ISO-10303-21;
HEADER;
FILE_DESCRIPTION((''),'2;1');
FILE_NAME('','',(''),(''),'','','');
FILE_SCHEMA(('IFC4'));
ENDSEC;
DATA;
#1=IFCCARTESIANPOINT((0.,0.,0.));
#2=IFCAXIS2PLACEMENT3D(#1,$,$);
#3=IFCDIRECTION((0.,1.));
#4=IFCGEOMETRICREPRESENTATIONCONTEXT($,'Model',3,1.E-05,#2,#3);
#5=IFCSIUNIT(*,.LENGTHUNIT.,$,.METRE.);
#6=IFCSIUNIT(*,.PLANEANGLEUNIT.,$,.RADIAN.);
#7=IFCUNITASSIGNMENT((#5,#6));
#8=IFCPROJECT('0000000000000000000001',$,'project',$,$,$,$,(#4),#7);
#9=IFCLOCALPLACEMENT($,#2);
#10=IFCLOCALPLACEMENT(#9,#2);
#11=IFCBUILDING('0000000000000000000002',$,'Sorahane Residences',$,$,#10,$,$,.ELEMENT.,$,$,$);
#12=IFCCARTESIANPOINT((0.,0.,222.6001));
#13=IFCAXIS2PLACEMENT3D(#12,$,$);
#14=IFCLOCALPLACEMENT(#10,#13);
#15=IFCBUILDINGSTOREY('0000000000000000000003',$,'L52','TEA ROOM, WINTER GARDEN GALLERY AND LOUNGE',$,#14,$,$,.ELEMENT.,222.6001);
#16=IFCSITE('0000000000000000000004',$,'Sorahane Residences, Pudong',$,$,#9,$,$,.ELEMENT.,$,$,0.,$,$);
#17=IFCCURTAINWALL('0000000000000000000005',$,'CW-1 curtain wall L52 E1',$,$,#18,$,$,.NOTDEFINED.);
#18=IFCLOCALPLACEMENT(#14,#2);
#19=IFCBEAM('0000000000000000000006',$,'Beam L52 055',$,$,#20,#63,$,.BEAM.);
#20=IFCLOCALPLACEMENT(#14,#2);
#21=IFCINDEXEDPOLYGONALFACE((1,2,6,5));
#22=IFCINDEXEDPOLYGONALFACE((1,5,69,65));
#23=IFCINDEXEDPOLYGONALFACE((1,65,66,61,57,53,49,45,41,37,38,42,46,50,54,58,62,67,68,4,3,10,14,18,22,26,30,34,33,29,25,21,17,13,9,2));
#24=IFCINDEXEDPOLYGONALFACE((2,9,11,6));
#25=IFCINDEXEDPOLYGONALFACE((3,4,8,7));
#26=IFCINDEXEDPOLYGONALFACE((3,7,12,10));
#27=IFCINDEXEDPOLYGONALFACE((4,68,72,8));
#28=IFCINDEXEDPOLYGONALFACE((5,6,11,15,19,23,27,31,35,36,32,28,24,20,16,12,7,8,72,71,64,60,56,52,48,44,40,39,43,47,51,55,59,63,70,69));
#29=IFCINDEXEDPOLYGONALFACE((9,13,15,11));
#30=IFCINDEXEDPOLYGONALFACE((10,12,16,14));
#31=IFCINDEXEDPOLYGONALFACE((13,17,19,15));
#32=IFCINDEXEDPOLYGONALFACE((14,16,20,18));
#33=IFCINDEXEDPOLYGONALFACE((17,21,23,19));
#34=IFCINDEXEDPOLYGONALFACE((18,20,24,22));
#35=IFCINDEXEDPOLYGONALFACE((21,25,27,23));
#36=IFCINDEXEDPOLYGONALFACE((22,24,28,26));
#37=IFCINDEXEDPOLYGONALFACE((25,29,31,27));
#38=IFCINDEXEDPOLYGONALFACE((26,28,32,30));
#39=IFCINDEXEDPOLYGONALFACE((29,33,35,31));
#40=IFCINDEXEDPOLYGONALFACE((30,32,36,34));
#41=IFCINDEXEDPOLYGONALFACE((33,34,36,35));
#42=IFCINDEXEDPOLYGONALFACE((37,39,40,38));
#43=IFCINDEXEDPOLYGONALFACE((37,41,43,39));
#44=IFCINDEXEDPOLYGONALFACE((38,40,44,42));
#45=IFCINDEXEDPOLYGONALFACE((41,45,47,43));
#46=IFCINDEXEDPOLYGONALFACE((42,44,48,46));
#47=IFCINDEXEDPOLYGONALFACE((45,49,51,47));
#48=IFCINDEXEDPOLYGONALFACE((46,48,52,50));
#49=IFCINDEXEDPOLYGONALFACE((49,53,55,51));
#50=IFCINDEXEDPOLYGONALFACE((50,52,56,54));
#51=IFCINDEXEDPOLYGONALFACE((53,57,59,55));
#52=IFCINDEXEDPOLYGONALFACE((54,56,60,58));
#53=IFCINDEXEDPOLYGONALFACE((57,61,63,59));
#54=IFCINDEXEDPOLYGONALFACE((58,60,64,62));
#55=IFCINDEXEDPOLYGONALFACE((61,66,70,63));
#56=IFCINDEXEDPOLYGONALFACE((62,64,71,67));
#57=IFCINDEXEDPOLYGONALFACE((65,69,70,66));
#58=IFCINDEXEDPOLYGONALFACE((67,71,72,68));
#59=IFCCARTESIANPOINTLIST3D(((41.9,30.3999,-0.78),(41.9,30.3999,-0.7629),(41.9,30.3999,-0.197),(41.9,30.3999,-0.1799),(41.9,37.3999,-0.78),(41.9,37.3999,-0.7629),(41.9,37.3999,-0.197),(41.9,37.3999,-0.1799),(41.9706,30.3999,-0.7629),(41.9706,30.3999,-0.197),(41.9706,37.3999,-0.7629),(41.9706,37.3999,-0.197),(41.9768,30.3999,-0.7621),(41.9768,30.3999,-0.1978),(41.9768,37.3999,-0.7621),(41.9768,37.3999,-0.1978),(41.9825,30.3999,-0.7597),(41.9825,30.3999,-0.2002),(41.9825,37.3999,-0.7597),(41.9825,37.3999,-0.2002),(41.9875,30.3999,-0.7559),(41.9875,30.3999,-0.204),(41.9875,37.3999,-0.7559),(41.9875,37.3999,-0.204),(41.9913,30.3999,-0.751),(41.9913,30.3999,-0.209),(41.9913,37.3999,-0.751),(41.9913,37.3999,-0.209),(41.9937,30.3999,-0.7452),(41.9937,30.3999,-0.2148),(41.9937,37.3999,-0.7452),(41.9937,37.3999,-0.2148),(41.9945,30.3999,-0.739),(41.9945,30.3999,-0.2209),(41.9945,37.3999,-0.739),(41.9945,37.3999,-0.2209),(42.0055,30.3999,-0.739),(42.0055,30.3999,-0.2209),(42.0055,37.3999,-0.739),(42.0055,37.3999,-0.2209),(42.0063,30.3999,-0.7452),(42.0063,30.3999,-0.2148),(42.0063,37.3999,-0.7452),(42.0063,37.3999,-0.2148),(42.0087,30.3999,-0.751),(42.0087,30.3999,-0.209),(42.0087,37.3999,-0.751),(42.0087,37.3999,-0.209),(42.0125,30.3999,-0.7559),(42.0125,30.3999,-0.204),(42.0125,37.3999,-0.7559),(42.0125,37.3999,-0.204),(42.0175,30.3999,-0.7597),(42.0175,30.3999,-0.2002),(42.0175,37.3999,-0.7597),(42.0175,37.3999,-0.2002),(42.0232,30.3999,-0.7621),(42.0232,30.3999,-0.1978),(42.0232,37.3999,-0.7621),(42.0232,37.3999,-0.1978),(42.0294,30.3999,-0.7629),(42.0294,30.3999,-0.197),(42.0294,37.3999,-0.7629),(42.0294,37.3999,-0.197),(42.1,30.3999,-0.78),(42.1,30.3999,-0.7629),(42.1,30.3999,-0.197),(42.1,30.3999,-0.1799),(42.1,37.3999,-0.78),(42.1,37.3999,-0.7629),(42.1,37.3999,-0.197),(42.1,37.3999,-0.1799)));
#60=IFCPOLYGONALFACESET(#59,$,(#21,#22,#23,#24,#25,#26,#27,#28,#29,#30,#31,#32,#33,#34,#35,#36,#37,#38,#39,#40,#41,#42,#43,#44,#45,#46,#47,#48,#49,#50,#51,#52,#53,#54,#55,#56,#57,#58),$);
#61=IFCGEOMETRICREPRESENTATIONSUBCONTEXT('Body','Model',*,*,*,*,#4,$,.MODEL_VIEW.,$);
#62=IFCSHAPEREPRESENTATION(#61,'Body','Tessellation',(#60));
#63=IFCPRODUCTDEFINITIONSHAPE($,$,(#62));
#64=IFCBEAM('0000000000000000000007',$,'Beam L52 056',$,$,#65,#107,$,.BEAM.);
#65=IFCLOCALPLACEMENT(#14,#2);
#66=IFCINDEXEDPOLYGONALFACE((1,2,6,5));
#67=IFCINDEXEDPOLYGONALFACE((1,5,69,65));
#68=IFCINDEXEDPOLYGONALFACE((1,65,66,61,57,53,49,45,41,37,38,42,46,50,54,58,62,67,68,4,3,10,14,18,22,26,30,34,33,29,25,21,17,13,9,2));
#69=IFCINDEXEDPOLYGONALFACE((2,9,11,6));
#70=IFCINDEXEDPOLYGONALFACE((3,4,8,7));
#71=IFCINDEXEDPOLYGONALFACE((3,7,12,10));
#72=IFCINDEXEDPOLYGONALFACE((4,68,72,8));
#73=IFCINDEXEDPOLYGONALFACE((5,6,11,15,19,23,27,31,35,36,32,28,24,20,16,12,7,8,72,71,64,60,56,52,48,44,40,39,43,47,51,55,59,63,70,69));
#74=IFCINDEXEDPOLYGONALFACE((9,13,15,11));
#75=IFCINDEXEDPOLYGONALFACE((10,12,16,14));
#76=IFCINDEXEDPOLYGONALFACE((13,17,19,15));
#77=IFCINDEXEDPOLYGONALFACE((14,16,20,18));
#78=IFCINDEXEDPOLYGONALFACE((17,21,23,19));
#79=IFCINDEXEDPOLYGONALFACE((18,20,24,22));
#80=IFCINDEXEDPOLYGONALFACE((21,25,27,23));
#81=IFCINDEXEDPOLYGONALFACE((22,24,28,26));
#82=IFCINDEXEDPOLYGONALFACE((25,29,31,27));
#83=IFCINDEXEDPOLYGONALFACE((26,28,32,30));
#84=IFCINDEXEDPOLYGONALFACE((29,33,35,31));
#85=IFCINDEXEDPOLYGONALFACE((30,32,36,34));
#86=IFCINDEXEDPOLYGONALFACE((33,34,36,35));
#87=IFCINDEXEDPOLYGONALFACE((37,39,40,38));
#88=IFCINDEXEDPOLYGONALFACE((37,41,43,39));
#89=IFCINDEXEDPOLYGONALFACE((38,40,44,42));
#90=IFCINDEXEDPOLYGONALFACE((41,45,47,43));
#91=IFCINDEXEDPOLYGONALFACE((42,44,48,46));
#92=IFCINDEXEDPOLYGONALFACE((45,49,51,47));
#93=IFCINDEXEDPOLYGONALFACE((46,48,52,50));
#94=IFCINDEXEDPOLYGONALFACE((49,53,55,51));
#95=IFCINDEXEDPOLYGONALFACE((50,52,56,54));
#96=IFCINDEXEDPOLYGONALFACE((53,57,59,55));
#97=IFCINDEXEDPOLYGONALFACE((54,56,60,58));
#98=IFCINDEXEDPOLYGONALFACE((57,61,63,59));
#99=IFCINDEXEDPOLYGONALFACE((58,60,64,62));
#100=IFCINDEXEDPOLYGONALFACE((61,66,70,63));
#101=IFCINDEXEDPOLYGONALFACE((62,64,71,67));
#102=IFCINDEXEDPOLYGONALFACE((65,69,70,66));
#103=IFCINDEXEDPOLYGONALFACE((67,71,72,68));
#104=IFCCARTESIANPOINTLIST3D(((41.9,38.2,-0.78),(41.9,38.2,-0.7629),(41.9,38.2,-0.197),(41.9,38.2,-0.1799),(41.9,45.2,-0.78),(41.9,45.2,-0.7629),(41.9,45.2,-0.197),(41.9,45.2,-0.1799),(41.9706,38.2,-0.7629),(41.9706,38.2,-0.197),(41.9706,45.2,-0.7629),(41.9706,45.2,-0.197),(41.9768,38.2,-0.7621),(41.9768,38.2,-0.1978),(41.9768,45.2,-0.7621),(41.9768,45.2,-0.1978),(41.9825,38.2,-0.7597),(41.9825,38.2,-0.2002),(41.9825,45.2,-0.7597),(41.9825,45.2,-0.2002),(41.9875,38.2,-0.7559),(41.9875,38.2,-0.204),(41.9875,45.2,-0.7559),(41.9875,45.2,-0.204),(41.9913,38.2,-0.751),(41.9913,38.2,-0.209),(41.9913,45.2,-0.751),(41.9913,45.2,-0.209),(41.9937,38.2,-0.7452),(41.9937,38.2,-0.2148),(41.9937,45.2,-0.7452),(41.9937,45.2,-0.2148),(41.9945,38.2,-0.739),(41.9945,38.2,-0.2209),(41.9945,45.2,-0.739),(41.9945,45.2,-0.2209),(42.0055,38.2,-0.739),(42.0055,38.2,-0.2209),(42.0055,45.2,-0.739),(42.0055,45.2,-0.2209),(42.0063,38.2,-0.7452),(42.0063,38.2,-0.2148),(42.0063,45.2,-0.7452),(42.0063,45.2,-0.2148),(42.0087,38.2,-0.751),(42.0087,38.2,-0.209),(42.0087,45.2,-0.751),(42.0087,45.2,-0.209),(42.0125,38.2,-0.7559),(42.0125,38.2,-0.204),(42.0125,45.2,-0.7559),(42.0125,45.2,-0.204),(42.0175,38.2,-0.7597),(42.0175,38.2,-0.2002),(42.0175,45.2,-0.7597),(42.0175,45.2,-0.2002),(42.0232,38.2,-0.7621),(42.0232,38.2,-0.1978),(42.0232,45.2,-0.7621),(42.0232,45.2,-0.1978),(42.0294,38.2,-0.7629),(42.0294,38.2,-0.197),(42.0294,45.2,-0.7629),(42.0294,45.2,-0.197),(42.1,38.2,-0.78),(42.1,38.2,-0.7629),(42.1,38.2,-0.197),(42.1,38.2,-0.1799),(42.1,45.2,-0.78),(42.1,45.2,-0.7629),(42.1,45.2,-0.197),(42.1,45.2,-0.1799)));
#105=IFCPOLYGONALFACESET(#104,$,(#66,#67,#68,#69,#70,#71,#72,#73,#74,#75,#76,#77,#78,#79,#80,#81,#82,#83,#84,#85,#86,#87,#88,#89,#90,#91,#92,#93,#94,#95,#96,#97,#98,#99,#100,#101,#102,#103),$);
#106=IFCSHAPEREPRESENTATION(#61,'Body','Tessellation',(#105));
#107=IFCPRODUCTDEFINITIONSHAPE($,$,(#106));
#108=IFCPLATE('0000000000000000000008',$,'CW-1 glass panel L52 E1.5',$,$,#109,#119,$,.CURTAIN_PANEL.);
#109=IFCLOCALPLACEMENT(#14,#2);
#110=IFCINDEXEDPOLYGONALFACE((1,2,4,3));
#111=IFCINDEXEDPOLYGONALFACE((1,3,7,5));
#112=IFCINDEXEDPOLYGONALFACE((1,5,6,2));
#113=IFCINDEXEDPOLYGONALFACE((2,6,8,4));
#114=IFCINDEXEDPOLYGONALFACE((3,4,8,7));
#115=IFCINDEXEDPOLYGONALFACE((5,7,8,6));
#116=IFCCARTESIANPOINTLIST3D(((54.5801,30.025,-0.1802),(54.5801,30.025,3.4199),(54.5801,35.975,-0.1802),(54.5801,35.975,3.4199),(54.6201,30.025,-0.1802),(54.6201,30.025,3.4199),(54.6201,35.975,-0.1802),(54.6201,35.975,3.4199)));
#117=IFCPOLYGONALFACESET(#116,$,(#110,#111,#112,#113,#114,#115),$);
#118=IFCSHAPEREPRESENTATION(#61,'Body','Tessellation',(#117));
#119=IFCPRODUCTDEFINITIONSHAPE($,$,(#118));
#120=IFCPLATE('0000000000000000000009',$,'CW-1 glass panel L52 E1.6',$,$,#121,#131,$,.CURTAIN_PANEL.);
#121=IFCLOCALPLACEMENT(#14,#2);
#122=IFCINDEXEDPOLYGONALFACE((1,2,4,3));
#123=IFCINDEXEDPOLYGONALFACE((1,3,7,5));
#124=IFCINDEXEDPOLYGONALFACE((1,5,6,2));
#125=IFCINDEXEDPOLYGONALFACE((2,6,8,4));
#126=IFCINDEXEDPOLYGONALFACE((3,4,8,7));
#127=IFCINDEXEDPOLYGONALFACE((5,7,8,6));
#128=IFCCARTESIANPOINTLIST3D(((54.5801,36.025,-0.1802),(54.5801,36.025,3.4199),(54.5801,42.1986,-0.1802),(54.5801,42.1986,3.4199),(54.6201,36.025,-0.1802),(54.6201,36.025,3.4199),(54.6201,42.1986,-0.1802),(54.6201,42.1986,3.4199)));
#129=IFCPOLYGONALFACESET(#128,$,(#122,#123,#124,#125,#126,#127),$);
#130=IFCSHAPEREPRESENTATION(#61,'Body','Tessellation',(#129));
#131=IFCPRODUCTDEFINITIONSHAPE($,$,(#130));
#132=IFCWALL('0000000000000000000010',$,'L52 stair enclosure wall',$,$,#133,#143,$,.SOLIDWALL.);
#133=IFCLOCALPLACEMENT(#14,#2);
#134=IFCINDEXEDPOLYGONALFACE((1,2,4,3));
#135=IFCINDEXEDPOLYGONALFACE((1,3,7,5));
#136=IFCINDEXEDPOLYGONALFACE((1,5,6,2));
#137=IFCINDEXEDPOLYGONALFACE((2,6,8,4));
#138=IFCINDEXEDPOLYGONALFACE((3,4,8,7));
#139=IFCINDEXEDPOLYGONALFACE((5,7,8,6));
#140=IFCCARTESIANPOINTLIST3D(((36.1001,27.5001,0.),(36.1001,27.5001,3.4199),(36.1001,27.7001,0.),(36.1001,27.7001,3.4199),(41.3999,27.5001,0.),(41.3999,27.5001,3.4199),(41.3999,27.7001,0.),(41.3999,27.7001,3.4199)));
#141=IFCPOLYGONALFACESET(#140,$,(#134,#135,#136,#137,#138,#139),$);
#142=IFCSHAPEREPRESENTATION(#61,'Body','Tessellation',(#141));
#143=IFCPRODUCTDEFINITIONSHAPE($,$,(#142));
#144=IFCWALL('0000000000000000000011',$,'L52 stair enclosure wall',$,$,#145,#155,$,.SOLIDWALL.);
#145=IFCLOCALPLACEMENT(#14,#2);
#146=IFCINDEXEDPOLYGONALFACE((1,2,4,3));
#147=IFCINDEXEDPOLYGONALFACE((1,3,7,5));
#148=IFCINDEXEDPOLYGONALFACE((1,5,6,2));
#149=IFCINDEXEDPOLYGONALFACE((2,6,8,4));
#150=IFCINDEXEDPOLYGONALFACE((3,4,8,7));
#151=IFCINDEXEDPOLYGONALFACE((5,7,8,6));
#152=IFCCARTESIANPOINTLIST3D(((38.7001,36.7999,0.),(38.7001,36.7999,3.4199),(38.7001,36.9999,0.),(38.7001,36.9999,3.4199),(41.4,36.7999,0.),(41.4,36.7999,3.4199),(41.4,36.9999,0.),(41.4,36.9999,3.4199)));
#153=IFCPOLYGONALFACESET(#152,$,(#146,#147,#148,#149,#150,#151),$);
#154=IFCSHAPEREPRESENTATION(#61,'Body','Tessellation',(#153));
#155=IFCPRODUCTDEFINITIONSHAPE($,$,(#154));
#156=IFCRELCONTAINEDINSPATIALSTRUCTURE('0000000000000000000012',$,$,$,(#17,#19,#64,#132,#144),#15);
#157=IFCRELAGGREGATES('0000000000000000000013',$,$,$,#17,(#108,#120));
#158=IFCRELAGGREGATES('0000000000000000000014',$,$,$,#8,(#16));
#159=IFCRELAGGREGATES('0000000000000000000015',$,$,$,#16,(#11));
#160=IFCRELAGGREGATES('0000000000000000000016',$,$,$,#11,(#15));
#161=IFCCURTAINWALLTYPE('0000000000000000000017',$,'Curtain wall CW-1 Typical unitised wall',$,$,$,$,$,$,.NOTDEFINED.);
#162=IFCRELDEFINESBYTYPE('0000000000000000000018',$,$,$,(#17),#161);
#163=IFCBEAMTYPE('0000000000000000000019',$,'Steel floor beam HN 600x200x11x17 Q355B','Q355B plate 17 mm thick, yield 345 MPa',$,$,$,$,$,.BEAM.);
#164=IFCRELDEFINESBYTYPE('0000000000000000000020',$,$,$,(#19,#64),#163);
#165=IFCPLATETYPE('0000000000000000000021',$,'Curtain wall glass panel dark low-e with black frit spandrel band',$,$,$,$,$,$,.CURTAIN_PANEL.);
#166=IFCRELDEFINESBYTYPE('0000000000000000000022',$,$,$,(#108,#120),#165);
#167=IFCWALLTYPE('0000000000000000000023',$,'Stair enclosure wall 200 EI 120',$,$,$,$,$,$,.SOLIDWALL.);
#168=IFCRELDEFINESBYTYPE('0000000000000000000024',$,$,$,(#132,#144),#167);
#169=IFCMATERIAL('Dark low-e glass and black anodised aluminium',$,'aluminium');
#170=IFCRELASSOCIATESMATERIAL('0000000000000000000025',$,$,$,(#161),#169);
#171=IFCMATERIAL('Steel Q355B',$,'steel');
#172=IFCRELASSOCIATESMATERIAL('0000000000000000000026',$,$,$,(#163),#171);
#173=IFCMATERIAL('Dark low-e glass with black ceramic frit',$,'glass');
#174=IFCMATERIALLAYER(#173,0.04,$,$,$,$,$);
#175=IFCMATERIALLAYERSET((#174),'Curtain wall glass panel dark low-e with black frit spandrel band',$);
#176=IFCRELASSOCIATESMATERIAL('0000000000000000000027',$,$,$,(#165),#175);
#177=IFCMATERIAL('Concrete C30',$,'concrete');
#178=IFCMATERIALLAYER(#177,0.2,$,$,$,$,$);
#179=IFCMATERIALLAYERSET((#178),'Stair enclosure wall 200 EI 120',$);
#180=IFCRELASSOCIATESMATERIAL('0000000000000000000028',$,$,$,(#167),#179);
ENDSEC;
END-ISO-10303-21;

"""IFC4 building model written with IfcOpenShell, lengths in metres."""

from ifc_helpers import new_model, si_unit, direction, frame, frame_2d, origin, origin_2d, place, context, subcontext, project, spatial, rectangle, i_section, extrude, material, layer, layer_set, material_profile, profile_set, type_object, element, aggregate, save


model = new_model("IFC4")

# Units and contexts
model_context = context("Model", 3, precision=1e-05, world=origin(), true_north=direction((0.0, 1.0)))
body_context = subcontext(model_context, "Body", "Model", "MODEL_VIEW")
ifc_project = project(units=[si_unit("LENGTHUNIT", "METRE"), si_unit("PLANEANGLEUNIT", "RADIAN")], contexts=[model_context])

# Site, building, storey
site_placement = place(None, origin())
site = spatial("IfcSite", under=ifc_project, at=site_placement, Name="Sorahane Residences, Pudong", CompositionType="ELEMENT", RefElevation=0.0)
building_placement = place(site_placement, origin())
building = spatial("IfcBuilding", under=site, at=building_placement, Name="Sorahane Residences", CompositionType="ELEMENT")
storey_placement = place(building_placement, frame((0.0, 0.0, 222.6001)))
storey = spatial("IfcBuildingStorey", under=building, at=storey_placement, Name="L52", Description="TEA ROOM, WINTER GARDEN GALLERY AND LOUNGE", CompositionType="ELEMENT", Elevation=222.6001)

# Curtain wall
ifc_material_1 = material(Name="Dark low-e glass and black anodised aluminium", Category="aluminium")
curtain_wall_type = type_object("IfcCurtainWallType", Name="Curtain wall CW-1 Typical unitised wall", PredefinedType="NOTDEFINED", material=ifc_material_1)
curtain_wall_placement = place(storey_placement, origin())
curtain_wall = element("IfcCurtainWall", 1, at=curtain_wall_placement, inside=storey, type_object=curtain_wall_type, Name="CW-1 curtain wall L52 E1", PredefinedType="NOTDEFINED")

# Beams
ifc_material_2 = material(Name="Steel Q355B", Category="steel")
ifc_material_profile_1 = material_profile(ifc_material_2, i_section(OverallWidth=0.2, OverallDepth=0.6001, WebThickness=0.011, FlangeThickness=0.0171, FilletRadius=0.0239, at=origin_2d()), Name="HN 600x200x11x17")
ifc_profile_set_1 = profile_set([ifc_material_profile_1], Name="Steel Q355B")
beam_type_1 = type_object("IfcBeamType", Name="Steel floor beam HN 600x200x11x17 Q355B", Description="Q355B plate 17 mm thick, yield 345 MPa", PredefinedType="BEAM", material=ifc_profile_set_1)
for number, where, z_axis, x_axis, name in (
    (2, (42.0, 30.3999, -0.48), (0.0, 1.0, 0.0), (-1.0, 0.0, 0.0), "Beam L52 055"),
    (3, (42.0, 38.2, -0.48), (0.0, 1.0, 0.0), (-1.0, 0.0, 0.0), "Beam L52 056"),
):
    element("IfcBeam", number, at=place(storey_placement, frame(where, z_axis=z_axis, x_axis=x_axis)), inside=storey, type_object=beam_type_1, Name=name, PredefinedType="BEAM", context=body_context, shape_type="SweptSolid", body=[
        extrude(i_section(OverallWidth=0.2, OverallDepth=0.6001, WebThickness=0.011, FlangeThickness=0.0171, FilletRadius=0.0239, at=origin_2d()), origin(), (0.0, 0.0, 1.0), 7.0),
    ])

# Plates
ifc_material_3 = material(Name="Dark low-e glass with black ceramic frit", Category="glass")
ifc_layer_1 = layer(ifc_material_3, 0.04)
ifc_layer_set_1 = layer_set([ifc_layer_1], Name="Curtain wall glass panel dark low-e with black frit spandrel band")
plate_type = type_object("IfcPlateType", Name="Curtain wall glass panel dark low-e with black frit spandrel band", PredefinedType="CURTAIN_PANEL", material=ifc_layer_set_1)
plate_1_placement = place(storey_placement, frame((54.6001, 33.0, -0.1802), z_axis=(0.0, 0.0, 1.0), x_axis=(0.0, 1.0, 0.0)))
plate_1 = element("IfcPlate", 4, at=plate_1_placement, type_object=plate_type, Name="CW-1 glass panel L52 E1.5", PredefinedType="CURTAIN_PANEL", context=body_context, shape_type="SweptSolid", body=[
    extrude(rectangle(XDim=5.95, YDim=0.04, at=origin_2d()), origin(), (0.0, 0.0, 1.0), 3.6001),
])
plate_2_placement = place(storey_placement, frame((54.6001, 39.1118, -0.1802), z_axis=(0.0, 0.0, 1.0), x_axis=(0.0, 1.0, 0.0)))
plate_2 = element("IfcPlate", 5, at=plate_2_placement, type_object=plate_type, Name="CW-1 glass panel L52 E1.6", PredefinedType="CURTAIN_PANEL", context=body_context, shape_type="SweptSolid", body=[
    extrude(rectangle(XDim=6.1736, YDim=0.04, at=origin_2d()), origin(), (0.0, 0.0, 1.0), 3.6001),
])
aggregate(curtain_wall, [plate_1, plate_2])

# Walls
ifc_material_4 = material(Name="Concrete C30", Category="concrete")
ifc_layer_2 = layer(ifc_material_4, 0.2)
ifc_layer_set_2 = layer_set([ifc_layer_2], Name="Stair enclosure wall 200 EI 120")
wall_type = type_object("IfcWallType", Name="Stair enclosure wall 200 EI 120", PredefinedType="SOLIDWALL", material=ifc_layer_set_2)
wall_1_placement = place(storey_placement, frame((36.1001, 27.6001, 0.0), z_axis=(0.0, 0.0, 1.0), x_axis=(1.0, 0.0, 0.0)))
element("IfcWall", 6, at=wall_1_placement, inside=storey, type_object=wall_type, Name="L52 stair enclosure wall", PredefinedType="SOLIDWALL", context=body_context, shape_type="SweptSolid", body=[
    extrude(rectangle(XDim=5.2998, YDim=0.2, at=frame_2d((2.6499, 0.0))), origin(), (0.0, 0.0, 1.0), 3.4199),
])
wall_2_placement = place(storey_placement, frame((38.7, 36.8999, 0.0), z_axis=(0.0, 0.0, 1.0), x_axis=(1.0, 0.0, 0.0)))
element("IfcWall", 7, at=wall_2_placement, inside=storey, type_object=wall_type, Name="L52 stair enclosure wall", PredefinedType="SOLIDWALL", context=body_context, shape_type="SweptSolid", body=[
    extrude(rectangle(XDim=2.7, YDim=0.2, at=frame_2d((1.3501, 0.0))), origin(), (0.0, 0.0, 1.0), 3.4199),
])

save(model, "model.ifc")
